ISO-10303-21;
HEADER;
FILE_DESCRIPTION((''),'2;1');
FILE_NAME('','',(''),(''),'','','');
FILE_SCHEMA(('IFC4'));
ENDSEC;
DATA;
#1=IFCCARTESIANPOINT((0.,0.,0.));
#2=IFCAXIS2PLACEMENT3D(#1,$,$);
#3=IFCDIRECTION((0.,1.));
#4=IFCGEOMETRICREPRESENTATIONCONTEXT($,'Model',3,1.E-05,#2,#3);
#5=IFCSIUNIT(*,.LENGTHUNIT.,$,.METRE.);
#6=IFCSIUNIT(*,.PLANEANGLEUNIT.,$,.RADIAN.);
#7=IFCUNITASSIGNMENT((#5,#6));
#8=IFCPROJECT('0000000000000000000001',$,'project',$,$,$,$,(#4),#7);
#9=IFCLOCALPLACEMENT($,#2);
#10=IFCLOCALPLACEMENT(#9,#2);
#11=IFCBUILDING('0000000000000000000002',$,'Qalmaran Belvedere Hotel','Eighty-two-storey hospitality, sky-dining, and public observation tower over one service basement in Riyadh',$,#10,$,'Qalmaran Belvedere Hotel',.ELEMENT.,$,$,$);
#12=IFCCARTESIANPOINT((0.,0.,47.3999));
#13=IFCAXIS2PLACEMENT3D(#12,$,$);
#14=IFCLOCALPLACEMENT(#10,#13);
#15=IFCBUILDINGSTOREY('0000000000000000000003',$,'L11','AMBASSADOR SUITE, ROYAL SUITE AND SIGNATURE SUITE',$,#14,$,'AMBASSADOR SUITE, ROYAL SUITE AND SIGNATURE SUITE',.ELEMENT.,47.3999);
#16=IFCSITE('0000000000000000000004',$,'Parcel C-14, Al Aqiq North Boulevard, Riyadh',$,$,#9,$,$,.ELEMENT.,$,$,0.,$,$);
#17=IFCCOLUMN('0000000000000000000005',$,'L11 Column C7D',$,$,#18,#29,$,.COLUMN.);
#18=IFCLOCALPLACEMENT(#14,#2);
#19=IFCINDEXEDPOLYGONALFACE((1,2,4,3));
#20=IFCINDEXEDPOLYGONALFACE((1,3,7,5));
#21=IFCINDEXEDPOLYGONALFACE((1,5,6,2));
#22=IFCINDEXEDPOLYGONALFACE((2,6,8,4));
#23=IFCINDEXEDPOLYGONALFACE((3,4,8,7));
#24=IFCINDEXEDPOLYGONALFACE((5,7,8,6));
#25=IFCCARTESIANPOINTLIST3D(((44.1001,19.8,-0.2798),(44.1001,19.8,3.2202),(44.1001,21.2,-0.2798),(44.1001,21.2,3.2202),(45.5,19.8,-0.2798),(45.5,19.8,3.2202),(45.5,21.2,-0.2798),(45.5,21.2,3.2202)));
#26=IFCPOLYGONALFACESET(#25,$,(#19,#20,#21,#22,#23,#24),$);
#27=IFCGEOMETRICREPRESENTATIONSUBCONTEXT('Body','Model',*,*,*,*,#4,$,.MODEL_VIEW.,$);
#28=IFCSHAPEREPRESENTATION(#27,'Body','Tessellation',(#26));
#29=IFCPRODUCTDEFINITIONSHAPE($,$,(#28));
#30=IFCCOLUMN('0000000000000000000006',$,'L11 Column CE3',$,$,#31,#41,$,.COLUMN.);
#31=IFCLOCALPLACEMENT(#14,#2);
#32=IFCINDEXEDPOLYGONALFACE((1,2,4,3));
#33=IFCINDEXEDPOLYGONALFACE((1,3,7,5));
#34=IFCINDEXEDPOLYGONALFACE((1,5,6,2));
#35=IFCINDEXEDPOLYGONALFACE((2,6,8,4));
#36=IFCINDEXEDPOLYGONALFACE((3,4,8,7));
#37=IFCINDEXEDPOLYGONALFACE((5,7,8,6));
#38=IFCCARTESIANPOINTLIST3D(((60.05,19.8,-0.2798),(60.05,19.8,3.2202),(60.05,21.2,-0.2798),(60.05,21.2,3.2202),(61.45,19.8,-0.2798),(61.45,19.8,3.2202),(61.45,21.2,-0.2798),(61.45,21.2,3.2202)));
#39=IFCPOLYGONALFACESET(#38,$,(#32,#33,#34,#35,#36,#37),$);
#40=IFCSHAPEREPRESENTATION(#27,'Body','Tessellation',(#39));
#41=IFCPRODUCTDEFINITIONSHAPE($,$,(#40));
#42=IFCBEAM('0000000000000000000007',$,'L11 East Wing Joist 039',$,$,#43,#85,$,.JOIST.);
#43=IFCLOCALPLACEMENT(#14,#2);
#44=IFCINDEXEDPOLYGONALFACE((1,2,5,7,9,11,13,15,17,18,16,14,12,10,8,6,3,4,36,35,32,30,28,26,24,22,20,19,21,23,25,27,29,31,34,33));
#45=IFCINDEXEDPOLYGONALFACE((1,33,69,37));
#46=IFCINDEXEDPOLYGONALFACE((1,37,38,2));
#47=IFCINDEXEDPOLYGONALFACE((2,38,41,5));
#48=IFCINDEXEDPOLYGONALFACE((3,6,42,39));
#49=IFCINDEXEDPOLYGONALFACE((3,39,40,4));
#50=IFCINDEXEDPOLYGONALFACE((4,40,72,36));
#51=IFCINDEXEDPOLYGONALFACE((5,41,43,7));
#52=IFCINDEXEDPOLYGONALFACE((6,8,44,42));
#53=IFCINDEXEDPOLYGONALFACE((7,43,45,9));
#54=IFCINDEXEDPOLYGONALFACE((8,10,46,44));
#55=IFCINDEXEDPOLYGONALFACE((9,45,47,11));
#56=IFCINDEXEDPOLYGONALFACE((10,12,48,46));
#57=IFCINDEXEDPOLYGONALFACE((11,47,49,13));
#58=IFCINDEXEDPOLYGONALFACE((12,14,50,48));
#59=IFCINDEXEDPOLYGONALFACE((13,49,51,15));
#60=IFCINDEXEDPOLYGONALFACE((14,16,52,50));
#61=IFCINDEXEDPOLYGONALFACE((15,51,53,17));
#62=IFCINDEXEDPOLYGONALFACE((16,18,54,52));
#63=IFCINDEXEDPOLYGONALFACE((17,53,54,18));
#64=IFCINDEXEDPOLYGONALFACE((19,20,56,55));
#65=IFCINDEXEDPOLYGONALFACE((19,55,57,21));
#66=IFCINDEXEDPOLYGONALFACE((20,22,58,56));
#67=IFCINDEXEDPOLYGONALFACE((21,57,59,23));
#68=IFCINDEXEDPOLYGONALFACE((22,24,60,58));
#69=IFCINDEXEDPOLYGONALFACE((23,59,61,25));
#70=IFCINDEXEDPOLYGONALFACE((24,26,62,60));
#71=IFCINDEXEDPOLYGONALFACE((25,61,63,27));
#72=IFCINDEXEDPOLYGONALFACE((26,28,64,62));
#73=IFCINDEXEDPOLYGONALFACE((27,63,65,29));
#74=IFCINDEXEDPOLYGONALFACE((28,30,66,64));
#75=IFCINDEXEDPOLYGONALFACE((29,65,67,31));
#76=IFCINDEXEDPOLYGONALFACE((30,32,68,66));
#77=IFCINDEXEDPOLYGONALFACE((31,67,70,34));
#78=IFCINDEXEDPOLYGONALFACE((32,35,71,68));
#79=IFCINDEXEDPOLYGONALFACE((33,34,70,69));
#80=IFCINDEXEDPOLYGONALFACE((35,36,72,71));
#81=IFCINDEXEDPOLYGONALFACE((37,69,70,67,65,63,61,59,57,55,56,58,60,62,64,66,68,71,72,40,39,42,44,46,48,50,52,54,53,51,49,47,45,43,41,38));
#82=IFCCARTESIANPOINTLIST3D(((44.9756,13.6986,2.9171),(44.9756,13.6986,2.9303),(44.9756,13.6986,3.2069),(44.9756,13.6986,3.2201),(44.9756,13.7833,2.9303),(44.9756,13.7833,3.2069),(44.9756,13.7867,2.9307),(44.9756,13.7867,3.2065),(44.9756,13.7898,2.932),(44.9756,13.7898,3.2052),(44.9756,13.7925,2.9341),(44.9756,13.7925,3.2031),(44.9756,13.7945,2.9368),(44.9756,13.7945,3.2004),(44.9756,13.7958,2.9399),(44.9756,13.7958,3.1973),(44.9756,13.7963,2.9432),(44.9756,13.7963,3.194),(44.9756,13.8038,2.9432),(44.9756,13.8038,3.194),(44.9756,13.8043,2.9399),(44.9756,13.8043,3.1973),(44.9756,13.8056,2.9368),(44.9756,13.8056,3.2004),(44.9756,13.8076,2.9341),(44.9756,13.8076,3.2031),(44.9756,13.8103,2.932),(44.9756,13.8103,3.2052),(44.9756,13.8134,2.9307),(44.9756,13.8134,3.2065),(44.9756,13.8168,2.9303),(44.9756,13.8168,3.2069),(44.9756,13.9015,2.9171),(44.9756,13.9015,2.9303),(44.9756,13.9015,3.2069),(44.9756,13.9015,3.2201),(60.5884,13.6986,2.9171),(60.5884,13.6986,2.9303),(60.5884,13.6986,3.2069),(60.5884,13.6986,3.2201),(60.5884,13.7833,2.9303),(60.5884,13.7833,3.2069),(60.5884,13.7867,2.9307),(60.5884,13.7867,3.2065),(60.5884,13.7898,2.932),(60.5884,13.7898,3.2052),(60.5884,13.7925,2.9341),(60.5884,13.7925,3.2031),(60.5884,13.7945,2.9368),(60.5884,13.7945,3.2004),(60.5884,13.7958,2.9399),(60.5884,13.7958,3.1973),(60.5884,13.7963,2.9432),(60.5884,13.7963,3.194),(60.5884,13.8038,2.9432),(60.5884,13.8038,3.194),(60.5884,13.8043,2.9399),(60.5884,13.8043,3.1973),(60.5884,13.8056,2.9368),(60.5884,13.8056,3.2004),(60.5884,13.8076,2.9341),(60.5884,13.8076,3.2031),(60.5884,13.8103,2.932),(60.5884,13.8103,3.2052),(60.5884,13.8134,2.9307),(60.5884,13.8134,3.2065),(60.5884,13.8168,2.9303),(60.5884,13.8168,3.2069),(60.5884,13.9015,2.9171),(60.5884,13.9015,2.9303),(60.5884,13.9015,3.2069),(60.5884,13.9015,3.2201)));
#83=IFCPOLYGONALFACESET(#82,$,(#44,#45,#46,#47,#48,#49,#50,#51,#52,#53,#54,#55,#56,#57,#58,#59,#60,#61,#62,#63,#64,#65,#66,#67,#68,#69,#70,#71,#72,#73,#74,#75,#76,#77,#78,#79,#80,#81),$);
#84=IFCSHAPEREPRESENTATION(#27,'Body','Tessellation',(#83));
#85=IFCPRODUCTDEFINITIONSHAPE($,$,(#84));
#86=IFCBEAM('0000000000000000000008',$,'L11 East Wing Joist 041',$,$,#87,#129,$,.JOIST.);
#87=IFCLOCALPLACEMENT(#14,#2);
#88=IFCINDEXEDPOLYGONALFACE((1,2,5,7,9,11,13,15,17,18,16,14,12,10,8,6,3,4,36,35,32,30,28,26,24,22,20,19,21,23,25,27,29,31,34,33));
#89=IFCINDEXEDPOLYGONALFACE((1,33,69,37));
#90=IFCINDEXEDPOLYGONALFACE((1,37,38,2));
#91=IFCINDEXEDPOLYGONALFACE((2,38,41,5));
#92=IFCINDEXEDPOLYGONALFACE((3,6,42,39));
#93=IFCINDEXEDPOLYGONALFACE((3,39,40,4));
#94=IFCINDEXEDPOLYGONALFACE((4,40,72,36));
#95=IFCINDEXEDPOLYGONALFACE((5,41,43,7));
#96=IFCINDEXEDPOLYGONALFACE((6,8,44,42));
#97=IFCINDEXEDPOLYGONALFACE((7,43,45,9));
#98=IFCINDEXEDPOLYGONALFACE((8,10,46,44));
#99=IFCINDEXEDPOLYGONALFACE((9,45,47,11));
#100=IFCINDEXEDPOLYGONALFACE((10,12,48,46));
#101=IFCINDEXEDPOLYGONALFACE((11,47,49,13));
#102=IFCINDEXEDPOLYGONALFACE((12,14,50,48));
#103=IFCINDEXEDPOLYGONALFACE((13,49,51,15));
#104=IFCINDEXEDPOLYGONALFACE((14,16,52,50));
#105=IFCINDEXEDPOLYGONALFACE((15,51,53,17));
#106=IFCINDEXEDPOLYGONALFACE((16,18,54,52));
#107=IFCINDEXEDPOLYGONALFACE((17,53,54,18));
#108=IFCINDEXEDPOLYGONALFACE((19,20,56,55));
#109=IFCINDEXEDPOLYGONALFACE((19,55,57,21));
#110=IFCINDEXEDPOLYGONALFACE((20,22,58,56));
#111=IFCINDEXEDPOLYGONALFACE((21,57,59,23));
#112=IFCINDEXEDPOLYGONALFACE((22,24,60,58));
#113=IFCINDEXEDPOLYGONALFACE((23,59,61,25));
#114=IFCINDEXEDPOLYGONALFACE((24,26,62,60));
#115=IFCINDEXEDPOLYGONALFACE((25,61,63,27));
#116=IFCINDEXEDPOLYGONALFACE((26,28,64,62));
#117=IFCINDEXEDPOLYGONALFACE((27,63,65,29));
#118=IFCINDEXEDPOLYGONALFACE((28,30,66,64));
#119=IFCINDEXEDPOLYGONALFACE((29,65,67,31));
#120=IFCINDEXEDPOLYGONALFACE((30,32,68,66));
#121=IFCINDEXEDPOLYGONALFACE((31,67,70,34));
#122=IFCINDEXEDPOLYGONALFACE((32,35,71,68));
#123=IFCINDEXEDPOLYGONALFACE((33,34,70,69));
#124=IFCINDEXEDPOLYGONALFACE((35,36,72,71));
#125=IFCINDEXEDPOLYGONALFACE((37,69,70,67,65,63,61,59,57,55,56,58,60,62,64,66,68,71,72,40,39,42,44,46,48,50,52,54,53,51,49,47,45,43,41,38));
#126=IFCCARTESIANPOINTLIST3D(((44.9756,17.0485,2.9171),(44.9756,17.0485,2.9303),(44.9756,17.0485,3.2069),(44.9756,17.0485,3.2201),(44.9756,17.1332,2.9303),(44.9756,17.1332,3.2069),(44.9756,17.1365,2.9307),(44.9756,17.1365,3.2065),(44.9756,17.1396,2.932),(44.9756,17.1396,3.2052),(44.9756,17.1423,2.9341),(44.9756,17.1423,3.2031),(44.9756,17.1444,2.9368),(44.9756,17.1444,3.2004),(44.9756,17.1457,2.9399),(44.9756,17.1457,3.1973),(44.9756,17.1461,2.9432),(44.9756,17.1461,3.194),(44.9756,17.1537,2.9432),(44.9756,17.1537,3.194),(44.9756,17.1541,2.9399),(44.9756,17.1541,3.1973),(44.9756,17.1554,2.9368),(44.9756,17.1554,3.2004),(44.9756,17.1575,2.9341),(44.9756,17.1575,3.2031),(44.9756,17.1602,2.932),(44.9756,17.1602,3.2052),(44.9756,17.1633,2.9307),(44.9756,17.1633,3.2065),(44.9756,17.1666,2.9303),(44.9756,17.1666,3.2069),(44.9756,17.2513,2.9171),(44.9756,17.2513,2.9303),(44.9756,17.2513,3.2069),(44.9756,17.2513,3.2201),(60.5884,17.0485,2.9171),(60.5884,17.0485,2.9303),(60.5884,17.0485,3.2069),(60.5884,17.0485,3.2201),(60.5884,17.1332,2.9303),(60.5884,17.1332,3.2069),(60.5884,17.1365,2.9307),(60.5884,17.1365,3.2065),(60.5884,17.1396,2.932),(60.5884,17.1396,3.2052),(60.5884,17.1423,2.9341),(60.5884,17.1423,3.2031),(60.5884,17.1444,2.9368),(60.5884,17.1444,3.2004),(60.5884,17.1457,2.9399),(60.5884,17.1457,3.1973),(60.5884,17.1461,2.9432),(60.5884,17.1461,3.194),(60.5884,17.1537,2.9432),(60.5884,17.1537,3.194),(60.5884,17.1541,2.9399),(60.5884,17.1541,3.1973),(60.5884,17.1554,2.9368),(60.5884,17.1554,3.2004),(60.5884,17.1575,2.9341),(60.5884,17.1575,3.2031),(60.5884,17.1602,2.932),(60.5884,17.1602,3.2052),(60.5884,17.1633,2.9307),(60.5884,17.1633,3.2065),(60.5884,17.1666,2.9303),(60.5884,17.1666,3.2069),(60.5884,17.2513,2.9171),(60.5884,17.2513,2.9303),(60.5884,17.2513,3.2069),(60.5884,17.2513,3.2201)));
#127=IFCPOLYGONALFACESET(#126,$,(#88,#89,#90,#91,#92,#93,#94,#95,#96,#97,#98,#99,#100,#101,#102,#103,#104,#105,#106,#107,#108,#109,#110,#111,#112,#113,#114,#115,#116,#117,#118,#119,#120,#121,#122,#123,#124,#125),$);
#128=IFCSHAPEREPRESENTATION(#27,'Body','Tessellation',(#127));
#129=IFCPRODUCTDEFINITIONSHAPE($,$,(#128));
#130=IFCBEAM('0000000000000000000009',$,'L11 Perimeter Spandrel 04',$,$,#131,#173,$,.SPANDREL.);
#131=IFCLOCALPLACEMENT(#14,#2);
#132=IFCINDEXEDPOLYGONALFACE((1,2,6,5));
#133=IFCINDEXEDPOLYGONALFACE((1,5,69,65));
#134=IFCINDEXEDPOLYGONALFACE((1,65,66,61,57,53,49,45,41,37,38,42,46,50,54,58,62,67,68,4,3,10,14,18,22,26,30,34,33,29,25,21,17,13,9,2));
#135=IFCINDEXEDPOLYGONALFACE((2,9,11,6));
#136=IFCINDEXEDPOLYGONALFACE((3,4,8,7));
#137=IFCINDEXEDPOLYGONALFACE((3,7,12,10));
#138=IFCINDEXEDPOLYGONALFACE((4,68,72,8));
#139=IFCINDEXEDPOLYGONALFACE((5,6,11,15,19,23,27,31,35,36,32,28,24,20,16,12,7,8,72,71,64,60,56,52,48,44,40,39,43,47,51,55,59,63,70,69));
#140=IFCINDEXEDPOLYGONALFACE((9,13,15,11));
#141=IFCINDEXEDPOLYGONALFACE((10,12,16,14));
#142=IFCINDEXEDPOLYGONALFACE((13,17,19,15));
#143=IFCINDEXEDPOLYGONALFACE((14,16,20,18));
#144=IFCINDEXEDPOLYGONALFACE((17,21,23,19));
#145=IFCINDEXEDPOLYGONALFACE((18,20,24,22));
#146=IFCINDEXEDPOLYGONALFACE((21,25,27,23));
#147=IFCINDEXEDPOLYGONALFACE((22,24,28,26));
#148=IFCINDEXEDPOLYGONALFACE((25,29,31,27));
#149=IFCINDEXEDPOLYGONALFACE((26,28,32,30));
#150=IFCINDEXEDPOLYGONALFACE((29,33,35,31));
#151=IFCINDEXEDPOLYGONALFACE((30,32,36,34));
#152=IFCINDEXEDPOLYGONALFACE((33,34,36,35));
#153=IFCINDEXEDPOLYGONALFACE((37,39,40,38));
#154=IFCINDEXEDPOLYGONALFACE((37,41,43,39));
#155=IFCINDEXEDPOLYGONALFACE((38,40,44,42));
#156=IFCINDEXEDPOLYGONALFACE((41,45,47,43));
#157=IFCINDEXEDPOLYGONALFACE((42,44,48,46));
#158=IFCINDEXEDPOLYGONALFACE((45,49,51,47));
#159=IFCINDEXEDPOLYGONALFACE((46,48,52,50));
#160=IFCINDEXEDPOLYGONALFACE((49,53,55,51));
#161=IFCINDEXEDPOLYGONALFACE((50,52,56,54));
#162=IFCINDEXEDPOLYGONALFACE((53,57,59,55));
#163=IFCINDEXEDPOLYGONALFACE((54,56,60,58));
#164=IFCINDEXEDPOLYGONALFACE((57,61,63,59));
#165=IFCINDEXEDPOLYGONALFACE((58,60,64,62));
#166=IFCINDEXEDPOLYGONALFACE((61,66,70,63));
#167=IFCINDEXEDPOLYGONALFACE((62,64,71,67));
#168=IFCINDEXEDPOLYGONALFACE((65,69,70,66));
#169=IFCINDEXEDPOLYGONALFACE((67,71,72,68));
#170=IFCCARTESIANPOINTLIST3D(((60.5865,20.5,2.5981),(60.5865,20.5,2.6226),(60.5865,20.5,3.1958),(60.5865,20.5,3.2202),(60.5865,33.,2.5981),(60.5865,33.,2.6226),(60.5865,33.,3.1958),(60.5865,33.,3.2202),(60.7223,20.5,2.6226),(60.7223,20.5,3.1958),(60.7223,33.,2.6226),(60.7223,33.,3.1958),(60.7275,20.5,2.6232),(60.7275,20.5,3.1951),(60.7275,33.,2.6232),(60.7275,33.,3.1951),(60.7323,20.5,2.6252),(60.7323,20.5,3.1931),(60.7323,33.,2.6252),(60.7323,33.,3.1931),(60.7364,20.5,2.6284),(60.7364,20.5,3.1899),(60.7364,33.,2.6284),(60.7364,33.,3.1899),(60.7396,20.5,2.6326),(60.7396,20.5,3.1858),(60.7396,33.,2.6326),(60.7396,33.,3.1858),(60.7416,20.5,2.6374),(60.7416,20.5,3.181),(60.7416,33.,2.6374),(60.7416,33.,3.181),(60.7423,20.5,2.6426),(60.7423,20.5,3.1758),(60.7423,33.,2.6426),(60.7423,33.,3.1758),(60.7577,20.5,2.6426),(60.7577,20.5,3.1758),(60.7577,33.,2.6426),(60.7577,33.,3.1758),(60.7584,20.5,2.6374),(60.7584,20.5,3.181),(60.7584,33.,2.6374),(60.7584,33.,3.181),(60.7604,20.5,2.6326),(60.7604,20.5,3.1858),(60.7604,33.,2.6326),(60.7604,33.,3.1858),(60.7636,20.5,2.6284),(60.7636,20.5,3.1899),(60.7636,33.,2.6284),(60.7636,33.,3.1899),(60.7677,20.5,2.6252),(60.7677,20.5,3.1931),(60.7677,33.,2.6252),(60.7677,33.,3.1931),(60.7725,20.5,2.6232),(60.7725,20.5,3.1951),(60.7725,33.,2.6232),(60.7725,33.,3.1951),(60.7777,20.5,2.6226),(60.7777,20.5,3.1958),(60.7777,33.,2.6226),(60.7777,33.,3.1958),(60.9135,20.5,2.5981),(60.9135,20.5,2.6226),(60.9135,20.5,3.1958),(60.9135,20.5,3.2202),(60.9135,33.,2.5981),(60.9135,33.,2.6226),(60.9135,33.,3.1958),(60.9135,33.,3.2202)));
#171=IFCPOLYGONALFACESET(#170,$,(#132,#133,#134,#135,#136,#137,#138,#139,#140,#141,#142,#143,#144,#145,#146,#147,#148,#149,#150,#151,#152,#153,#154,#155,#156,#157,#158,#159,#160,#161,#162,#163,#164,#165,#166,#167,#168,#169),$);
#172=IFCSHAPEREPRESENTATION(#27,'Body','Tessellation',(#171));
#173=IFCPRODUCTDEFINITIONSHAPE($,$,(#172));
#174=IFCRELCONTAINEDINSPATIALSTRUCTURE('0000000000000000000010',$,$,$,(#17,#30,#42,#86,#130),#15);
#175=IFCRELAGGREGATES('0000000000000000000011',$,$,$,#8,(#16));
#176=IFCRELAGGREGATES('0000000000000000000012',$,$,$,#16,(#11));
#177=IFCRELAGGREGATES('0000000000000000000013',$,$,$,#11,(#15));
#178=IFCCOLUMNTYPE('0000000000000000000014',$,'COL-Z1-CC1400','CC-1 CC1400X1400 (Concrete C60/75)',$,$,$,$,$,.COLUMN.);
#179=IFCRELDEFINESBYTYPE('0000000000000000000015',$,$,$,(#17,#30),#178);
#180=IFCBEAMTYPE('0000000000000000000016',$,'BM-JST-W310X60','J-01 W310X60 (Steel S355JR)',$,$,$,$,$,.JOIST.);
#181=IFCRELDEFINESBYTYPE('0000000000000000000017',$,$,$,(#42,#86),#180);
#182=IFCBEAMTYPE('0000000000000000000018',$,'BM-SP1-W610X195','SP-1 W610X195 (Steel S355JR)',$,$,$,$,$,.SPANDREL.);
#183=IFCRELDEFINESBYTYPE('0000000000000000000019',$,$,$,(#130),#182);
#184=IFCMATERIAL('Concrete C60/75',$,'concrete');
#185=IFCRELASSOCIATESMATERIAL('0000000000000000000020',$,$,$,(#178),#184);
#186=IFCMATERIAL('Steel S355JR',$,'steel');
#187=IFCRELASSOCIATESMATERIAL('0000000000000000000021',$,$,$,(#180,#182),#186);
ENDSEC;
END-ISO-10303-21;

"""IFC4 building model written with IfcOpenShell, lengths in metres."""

from ifc_helpers import new_model, si_unit, direction, frame, origin, origin_2d, place, context, subcontext, project, spatial, rectangle, i_section, extrude, material, material_profile, profile_set, type_object, element, save


model = new_model("IFC4")

# Units and contexts
model_context = context("Model", 3, precision=1e-05, world=origin(), true_north=direction((0.0, 1.0)))
body_context = subcontext(model_context, "Body", "Model", "MODEL_VIEW")
ifc_project = project(units=[si_unit("LENGTHUNIT", "METRE"), si_unit("PLANEANGLEUNIT", "RADIAN")], contexts=[model_context])

# Site, building, storey
site_placement = place(None, origin())
site = spatial("IfcSite", under=ifc_project, at=site_placement, Name="Parcel C-14, Al Aqiq North Boulevard, Riyadh", CompositionType="ELEMENT", RefElevation=0.0)
building_placement = place(site_placement, origin())
building = spatial("IfcBuilding", under=site, at=building_placement, Name="Qalmaran Belvedere Hotel", Description="Eighty-two-storey hospitality, sky-dining, and public observation tower over one service basement in Riyadh", LongName="Qalmaran Belvedere Hotel", CompositionType="ELEMENT")
storey_placement = place(building_placement, frame((0.0, 0.0, 47.3999)))
storey = spatial("IfcBuildingStorey", under=building, at=storey_placement, Name="L11", Description="AMBASSADOR SUITE, ROYAL SUITE AND SIGNATURE SUITE", LongName="AMBASSADOR SUITE, ROYAL SUITE AND SIGNATURE SUITE", CompositionType="ELEMENT", Elevation=47.3999)

# Columns
ifc_material_1 = material(Name="Concrete C60/75", Category="concrete")
ifc_material_profile_1 = material_profile(ifc_material_1, rectangle(XDim=1.3999, YDim=1.3999, at=origin_2d()), Name="CC1400X1400")
ifc_profile_set_1 = profile_set([ifc_material_profile_1], Name="Concrete C60/75")
column_type = type_object("IfcColumnType", Name="COL-Z1-CC1400", Description="CC-1 CC1400X1400 (Concrete C60/75)", PredefinedType="COLUMN", material=ifc_profile_set_1)
for number, where, z_axis, x_axis, name in (
    (1, (44.8, 20.5, -0.2798), (0.0, 0.0, 1.0), (1.0, 0.0, 0.0), "L11 Column C7D"),
    (2, (60.75, 20.5, -0.2798), (0.0, 0.0, 1.0), (1.0, 0.0, 0.0), "L11 Column CE3"),
):
    element("IfcColumn", number, at=place(storey_placement, frame(where, z_axis=z_axis, x_axis=x_axis)), inside=storey, type_object=column_type, Name=name, PredefinedType="COLUMN", context=body_context, shape_type="SweptSolid", body=[
        extrude(rectangle(XDim=1.3999, YDim=1.3999, at=origin_2d()), origin(), (0.0, 0.0, 1.0), 3.5),
    ])

# Beams
ifc_material_2 = material(Name="Steel S355JR", Category="steel")
ifc_material_profile_2 = material_profile(ifc_material_2, i_section(OverallWidth=0.2029, OverallDepth=0.303, WebThickness=0.0076, FlangeThickness=0.0132, FilletRadius=0.0129, at=origin_2d()), Name="W310X60")
ifc_profile_set_2 = profile_set([ifc_material_profile_2], Name="Steel S355JR")
beam_type_1 = type_object("IfcBeamType", Name="BM-JST-W310X60", Description="J-01 W310X60 (Steel S355JR)", PredefinedType="JOIST", material=ifc_profile_set_2)
for number, where, z_axis, x_axis, name in (
    (3, (44.9756, 13.8, 3.0686), (1.0, 0.0, 0.0), (0.0, 1.0, 0.0), "L11 East Wing Joist 039"),
    (4, (44.9756, 17.1499, 3.0686), (1.0, 0.0, 0.0), (0.0, 1.0, 0.0), "L11 East Wing Joist 041"),
):
    element("IfcBeam", number, at=place(storey_placement, frame(where, z_axis=z_axis, x_axis=x_axis)), inside=storey, type_object=beam_type_1, Name=name, PredefinedType="JOIST", context=body_context, shape_type="SweptSolid", body=[
        extrude(i_section(OverallWidth=0.2029, OverallDepth=0.303, WebThickness=0.0076, FlangeThickness=0.0132, FilletRadius=0.0129, at=origin_2d()), origin(), (0.0, 0.0, 1.0), 15.6128),
    ])
ifc_material_profile_3 = material_profile(ifc_material_2, i_section(OverallWidth=0.3269, OverallDepth=0.6221, WebThickness=0.0154, FlangeThickness=0.0244, FilletRadius=0.02, at=origin_2d()), Name="W610X195")
ifc_profile_set_3 = profile_set([ifc_material_profile_3], Name="Steel S355JR")
beam_type_2 = type_object("IfcBeamType", Name="BM-SP1-W610X195", Description="SP-1 W610X195 (Steel S355JR)", PredefinedType="SPANDREL", material=ifc_profile_set_3)
beam_1_placement = place(storey_placement, frame((60.75, 20.5, 2.9092), z_axis=(0.0, 1.0, 0.0), x_axis=(-1.0, 0.0, 0.0)))
element("IfcBeam", 5, at=beam_1_placement, inside=storey, type_object=beam_type_2, Name="L11 Perimeter Spandrel 04", PredefinedType="SPANDREL", context=body_context, shape_type="SweptSolid", body=[
    extrude(i_section(OverallWidth=0.3269, OverallDepth=0.6221, WebThickness=0.0154, FlangeThickness=0.0244, FilletRadius=0.02, at=origin_2d()), origin(), (0.0, 0.0, 1.0), 12.5),
])

save(model, "model.ifc")
